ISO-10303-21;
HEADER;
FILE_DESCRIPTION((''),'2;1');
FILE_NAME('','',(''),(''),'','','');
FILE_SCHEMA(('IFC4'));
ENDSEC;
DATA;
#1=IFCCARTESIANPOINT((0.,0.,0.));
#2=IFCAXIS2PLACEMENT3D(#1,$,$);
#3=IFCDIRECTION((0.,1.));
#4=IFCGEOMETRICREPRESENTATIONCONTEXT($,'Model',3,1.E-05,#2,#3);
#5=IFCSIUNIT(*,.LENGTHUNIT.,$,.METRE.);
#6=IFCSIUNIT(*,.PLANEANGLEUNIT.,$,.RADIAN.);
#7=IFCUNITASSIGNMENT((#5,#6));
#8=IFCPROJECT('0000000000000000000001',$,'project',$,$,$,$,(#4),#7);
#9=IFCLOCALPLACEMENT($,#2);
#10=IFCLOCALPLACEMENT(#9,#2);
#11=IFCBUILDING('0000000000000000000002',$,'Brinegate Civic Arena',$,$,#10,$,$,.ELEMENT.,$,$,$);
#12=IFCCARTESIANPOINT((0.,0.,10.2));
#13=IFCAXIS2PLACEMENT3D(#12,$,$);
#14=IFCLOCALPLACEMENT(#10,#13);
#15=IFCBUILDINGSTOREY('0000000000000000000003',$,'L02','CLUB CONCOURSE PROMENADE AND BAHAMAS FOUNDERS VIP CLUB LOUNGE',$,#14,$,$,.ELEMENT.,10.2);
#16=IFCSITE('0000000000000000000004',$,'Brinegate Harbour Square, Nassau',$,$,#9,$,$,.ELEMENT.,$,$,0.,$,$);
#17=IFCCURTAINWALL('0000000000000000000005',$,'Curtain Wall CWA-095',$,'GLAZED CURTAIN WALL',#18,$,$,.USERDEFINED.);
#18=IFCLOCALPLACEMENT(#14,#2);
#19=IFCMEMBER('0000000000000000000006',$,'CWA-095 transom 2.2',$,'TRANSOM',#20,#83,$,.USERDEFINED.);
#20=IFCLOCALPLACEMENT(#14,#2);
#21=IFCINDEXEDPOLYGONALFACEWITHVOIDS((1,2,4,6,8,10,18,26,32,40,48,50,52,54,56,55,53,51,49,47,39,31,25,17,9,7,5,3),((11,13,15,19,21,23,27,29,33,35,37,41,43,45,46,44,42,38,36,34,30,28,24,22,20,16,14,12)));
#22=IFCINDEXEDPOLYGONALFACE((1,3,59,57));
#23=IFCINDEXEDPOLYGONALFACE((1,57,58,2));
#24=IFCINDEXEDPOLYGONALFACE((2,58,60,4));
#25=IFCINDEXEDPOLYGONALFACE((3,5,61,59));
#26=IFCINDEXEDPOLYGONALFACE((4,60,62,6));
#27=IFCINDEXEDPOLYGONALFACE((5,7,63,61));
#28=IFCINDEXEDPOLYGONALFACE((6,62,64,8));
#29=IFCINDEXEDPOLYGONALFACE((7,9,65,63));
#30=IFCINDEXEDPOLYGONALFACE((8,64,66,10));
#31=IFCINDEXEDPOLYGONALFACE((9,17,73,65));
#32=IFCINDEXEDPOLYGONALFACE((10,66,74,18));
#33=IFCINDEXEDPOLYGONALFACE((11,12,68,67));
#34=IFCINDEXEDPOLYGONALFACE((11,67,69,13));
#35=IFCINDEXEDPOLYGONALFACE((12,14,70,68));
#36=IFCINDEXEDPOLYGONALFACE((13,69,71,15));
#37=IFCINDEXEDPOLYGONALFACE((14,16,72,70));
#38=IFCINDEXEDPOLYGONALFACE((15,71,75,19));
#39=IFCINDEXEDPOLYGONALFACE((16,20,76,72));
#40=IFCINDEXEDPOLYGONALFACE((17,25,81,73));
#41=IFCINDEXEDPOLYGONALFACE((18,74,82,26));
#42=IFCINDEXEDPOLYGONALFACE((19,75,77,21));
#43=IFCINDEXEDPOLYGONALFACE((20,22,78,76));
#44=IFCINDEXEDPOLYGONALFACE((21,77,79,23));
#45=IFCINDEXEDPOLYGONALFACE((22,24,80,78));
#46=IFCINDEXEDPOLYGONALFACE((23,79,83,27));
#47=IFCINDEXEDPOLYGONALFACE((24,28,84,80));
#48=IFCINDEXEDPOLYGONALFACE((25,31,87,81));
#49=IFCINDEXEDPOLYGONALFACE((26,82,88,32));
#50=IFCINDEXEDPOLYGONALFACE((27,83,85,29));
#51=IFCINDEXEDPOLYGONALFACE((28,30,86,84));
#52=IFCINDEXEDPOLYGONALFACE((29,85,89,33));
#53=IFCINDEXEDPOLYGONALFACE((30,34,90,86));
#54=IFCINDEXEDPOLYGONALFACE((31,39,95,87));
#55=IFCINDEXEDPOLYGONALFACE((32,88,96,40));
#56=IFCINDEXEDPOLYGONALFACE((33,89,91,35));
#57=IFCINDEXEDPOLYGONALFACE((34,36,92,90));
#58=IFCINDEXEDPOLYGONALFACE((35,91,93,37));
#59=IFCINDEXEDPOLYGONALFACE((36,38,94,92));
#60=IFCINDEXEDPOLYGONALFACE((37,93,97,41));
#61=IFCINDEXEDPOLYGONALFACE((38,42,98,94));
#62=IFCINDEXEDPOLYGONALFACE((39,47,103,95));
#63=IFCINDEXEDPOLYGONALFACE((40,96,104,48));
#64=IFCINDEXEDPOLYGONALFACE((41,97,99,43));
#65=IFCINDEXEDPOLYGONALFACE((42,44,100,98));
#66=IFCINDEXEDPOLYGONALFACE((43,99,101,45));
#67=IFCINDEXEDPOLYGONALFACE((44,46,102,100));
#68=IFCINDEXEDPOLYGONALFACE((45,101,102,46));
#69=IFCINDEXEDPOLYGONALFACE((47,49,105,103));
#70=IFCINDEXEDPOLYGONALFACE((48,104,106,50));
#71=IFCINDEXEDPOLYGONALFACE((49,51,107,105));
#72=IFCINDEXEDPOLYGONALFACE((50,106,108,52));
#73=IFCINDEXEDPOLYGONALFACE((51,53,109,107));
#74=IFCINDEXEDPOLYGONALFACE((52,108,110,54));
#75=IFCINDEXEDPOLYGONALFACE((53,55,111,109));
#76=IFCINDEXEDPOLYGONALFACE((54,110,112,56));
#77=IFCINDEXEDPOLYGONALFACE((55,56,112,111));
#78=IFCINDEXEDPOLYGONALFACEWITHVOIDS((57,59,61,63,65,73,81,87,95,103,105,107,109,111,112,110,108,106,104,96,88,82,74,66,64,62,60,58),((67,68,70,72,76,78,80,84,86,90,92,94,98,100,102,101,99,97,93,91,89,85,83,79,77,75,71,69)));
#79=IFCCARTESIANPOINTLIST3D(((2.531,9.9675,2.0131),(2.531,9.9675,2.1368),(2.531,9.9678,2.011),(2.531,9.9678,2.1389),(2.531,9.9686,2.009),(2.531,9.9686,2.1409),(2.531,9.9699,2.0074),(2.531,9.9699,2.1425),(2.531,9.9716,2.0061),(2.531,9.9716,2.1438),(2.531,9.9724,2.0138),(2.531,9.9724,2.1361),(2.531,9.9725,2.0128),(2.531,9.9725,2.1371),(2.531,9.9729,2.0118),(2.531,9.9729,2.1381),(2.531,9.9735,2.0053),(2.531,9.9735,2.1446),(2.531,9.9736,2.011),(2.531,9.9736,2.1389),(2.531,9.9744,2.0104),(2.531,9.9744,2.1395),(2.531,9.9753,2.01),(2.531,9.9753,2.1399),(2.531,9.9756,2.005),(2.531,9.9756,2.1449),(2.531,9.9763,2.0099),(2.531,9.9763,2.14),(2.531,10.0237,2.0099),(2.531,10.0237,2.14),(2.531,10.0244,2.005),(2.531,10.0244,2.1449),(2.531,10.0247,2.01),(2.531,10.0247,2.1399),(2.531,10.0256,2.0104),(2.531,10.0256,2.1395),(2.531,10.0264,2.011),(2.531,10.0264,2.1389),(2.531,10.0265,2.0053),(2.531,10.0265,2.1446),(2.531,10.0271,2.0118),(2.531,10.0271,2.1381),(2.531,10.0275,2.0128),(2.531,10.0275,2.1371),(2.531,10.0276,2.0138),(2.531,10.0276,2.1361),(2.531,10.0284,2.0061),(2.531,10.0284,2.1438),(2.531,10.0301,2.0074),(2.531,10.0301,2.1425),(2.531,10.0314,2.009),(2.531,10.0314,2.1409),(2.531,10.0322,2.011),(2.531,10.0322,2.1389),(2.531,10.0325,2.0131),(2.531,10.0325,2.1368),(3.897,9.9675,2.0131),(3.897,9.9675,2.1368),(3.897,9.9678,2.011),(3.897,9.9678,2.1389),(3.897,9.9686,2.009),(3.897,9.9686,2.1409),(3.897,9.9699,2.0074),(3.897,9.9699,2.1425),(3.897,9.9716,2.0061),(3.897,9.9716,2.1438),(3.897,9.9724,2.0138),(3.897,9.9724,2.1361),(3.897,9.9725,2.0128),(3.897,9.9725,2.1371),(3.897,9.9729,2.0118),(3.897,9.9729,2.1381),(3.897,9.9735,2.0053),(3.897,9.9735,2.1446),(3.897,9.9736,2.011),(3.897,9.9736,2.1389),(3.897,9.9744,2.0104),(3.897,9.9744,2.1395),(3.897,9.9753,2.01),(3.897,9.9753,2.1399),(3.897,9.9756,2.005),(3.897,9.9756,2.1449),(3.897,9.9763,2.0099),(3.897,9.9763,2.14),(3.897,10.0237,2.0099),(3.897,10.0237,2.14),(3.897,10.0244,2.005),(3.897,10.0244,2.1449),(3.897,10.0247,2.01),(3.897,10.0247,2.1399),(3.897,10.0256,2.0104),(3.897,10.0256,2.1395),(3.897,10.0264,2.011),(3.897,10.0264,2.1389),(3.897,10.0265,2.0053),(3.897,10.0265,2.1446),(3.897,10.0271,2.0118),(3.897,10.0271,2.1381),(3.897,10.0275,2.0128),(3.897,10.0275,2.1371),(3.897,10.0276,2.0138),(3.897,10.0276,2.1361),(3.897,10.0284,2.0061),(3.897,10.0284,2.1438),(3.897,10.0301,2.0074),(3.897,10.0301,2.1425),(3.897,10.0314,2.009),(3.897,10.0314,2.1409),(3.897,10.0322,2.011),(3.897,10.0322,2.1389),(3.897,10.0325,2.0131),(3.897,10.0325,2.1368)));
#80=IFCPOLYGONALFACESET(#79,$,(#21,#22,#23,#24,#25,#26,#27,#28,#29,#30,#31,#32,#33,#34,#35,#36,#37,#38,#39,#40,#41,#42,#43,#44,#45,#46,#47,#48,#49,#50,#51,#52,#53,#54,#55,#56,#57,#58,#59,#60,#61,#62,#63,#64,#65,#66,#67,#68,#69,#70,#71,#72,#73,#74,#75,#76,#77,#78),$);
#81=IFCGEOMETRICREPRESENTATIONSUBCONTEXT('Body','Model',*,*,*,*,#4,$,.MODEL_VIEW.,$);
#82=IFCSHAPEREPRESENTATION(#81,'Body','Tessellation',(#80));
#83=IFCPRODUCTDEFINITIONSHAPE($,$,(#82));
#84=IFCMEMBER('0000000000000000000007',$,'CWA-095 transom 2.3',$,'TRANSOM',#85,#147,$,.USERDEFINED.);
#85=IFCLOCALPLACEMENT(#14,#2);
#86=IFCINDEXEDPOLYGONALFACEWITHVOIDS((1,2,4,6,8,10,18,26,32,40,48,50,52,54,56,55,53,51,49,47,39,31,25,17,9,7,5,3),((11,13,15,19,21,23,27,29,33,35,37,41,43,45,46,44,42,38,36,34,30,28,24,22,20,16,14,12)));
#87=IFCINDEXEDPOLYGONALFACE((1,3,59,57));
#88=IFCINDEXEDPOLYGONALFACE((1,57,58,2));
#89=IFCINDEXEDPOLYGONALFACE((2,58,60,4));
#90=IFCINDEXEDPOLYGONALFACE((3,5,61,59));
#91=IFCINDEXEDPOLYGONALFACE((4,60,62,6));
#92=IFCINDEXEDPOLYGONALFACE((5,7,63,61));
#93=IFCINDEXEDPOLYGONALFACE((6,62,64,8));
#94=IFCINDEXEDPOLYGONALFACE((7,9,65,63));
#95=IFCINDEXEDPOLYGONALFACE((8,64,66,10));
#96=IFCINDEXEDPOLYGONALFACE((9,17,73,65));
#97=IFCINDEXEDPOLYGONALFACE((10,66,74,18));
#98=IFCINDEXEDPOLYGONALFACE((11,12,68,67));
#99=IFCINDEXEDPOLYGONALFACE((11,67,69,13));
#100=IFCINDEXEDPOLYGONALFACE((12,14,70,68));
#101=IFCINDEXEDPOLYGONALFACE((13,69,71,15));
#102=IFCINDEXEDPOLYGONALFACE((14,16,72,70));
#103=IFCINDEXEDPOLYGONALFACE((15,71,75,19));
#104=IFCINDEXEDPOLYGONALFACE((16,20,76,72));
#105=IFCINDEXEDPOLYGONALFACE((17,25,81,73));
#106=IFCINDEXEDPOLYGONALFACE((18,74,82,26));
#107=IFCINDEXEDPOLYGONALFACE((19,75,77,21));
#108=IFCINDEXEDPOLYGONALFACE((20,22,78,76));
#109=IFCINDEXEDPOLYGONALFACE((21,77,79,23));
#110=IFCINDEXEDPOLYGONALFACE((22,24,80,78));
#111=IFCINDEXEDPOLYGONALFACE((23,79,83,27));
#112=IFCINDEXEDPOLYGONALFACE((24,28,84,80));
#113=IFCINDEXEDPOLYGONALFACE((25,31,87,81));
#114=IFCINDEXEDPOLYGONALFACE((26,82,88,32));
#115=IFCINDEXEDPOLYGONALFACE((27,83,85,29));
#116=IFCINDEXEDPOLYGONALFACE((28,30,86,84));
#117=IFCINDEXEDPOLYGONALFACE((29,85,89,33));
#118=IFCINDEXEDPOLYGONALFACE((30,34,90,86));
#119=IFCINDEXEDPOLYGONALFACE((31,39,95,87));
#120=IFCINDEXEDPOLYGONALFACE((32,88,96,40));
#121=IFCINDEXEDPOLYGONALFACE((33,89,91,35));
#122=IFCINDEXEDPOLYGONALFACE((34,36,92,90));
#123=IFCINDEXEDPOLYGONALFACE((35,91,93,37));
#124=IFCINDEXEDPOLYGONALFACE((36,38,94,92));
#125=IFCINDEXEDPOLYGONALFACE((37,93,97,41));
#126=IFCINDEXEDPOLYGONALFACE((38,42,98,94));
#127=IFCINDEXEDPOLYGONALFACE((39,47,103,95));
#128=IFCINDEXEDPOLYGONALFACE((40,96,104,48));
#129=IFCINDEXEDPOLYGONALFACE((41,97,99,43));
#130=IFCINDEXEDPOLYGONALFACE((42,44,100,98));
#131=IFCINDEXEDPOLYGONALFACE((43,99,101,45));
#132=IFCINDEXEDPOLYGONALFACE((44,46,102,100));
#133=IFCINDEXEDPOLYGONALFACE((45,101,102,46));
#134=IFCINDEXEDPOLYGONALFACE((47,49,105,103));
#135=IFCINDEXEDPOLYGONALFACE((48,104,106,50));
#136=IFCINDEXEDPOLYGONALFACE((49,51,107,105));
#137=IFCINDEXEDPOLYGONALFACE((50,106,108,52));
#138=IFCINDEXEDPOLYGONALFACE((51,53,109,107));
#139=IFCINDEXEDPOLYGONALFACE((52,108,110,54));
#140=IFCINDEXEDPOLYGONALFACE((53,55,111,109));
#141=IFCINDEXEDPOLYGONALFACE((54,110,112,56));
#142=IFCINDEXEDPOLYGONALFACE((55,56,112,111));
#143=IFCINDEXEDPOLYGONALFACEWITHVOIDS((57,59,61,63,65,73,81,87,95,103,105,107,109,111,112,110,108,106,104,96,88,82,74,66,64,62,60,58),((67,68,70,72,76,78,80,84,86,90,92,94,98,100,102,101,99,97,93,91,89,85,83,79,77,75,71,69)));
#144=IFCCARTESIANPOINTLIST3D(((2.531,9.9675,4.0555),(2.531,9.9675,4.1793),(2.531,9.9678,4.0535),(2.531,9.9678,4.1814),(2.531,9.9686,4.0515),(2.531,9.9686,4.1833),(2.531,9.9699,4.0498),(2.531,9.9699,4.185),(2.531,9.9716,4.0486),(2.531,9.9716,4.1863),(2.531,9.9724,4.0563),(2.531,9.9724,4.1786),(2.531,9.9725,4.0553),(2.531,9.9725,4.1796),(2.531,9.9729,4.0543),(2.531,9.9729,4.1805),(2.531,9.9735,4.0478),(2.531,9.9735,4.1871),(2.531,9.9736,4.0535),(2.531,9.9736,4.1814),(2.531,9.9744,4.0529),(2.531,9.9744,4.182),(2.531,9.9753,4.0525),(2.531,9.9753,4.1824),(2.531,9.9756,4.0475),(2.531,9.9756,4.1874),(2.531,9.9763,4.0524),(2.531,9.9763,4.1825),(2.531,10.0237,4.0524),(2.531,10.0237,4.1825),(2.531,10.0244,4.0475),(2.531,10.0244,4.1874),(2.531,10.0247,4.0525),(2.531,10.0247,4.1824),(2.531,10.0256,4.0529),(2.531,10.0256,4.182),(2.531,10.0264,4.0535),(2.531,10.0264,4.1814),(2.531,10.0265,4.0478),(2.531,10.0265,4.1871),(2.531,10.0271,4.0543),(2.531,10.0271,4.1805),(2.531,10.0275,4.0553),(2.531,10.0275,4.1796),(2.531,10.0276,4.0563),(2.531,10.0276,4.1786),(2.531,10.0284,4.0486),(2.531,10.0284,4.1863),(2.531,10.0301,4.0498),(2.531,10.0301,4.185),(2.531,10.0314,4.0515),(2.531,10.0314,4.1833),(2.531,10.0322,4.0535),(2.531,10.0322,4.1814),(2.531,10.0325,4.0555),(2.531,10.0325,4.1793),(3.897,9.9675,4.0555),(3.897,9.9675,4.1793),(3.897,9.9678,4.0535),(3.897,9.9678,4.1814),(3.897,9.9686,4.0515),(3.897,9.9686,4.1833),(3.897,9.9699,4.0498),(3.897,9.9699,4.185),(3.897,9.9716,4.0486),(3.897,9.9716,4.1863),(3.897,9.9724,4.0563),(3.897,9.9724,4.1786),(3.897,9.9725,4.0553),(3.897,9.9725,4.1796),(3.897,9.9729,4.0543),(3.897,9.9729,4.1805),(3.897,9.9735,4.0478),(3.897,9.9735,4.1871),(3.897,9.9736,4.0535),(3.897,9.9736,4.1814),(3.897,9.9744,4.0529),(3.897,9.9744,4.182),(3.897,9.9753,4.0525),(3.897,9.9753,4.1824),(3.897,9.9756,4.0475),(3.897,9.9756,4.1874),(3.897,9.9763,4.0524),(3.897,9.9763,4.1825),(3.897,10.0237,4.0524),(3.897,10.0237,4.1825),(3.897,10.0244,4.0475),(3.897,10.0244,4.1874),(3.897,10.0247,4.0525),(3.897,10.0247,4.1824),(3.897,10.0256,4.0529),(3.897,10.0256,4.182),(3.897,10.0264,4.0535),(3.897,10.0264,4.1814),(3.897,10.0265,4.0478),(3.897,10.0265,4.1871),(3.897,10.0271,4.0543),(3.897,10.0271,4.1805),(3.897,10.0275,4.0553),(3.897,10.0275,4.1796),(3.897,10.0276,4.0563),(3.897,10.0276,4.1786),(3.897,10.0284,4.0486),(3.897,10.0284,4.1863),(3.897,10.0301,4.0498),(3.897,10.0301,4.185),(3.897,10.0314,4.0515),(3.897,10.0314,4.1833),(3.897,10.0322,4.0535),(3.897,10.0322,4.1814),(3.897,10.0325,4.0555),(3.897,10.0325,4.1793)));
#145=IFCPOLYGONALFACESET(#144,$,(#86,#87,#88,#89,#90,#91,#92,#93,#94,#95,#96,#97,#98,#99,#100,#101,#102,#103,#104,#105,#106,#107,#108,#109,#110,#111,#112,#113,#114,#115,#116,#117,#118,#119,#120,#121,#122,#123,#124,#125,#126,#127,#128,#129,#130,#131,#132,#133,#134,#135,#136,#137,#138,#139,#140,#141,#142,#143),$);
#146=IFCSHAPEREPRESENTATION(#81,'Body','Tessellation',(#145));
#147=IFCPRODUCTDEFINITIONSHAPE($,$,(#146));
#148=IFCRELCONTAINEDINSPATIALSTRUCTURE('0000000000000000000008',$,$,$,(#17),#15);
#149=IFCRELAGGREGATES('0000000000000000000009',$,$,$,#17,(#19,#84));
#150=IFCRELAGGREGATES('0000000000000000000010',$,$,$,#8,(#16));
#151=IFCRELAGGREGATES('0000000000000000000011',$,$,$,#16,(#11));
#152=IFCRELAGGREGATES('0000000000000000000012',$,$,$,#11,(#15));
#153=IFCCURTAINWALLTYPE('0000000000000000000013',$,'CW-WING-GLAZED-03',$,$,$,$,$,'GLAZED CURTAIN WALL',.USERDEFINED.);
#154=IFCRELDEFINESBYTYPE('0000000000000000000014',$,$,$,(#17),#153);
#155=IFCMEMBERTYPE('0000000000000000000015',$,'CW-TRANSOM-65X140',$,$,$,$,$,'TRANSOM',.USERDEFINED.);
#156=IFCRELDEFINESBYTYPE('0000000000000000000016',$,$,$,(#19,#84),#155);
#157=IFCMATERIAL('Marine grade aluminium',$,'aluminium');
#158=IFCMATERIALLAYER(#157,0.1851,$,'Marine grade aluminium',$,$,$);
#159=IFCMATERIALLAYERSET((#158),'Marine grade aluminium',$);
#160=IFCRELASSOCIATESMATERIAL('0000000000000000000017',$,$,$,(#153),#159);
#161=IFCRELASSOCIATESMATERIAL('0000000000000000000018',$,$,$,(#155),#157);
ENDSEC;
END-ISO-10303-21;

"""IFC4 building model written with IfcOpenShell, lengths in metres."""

from ifc_helpers import new_model, si_unit, direction, frame, origin, origin_2d, place, context, subcontext, project, spatial, hollow_rectangle, extrude, material, layer, layer_set, material_profile, profile_set, type_object, element, aggregate, save


model = new_model("IFC4")

# Units and contexts
model_context = context("Model", 3, precision=1e-05, world=origin(), true_north=direction((0.0, 1.0)))
body_context = subcontext(model_context, "Body", "Model", "MODEL_VIEW")
ifc_project = project(units=[si_unit("LENGTHUNIT", "METRE"), si_unit("PLANEANGLEUNIT", "RADIAN")], contexts=[model_context])

# Site, building, storey
site_placement = place(None, origin())
site = spatial("IfcSite", under=ifc_project, at=site_placement, Name="Brinegate Harbour Square, Nassau", CompositionType="ELEMENT", RefElevation=0.0)
building_placement = place(site_placement, origin())
building = spatial("IfcBuilding", under=site, at=building_placement, Name="Brinegate Civic Arena", CompositionType="ELEMENT")
storey_placement = place(building_placement, frame((0.0, 0.0, 10.2)))
storey = spatial("IfcBuildingStorey", under=building, at=storey_placement, Name="L02", Description="CLUB CONCOURSE PROMENADE AND BAHAMAS FOUNDERS VIP CLUB LOUNGE", CompositionType="ELEMENT", Elevation=10.2)

# Curtain wall, members
ifc_material_1 = material(Name="Marine grade aluminium", Category="aluminium")
ifc_layer_1 = layer(ifc_material_1, 0.1851, Name="Marine grade aluminium")
ifc_layer_set_1 = layer_set([ifc_layer_1], Name="Marine grade aluminium")
curtain_wall_type = type_object("IfcCurtainWallType", Name="CW-WING-GLAZED-03", ElementType="GLAZED CURTAIN WALL", PredefinedType="USERDEFINED", material=ifc_layer_set_1)
curtain_wall_placement = place(storey_placement, origin())
curtain_wall = element("IfcCurtainWall", 1, at=curtain_wall_placement, inside=storey, type_object=curtain_wall_type, Name="Curtain Wall CWA-095", ObjectType="GLAZED CURTAIN WALL", PredefinedType="USERDEFINED")
ifc_material_profile_1 = material_profile(ifc_material_1, hollow_rectangle(XDim=0.0649, YDim=0.1399, WallThickness=0.0049, InnerFilletRadius=0.0039, OuterFilletRadius=0.0081, at=origin_2d()), Name="TRN65X140")
ifc_profile_set_1 = profile_set([ifc_material_profile_1], Name="Marine grade aluminium")
member_type_1 = type_object("IfcMemberType", Name="CW-TRANSOM-65X140", ElementType="TRANSOM", PredefinedType="USERDEFINED", material=ifc_profile_set_1)
member_1_placement = place(storey_placement, frame((2.531, 10.0, 2.075), z_axis=(1.0, 0.0, 0.0), x_axis=(0.0, 1.0, 0.0)))
member_1 = element("IfcMember", 2, at=member_1_placement, type_object=member_type_1, Name="CWA-095 transom 2.2", ObjectType="TRANSOM", PredefinedType="USERDEFINED", context=body_context, shape_type="SweptSolid", body=[
    extrude(hollow_rectangle(XDim=0.0649, YDim=0.1399, WallThickness=0.0049, InnerFilletRadius=0.0039, OuterFilletRadius=0.0081, at=origin_2d()), origin(), (0.0, 0.0, 1.0), 1.366),
])
member_2_placement = place(storey_placement, frame((2.531, 10.0, 4.1174), z_axis=(1.0, 0.0, 0.0), x_axis=(0.0, 1.0, 0.0)))
member_2 = element("IfcMember", 3, at=member_2_placement, type_object=member_type_1, Name="CWA-095 transom 2.3", ObjectType="TRANSOM", PredefinedType="USERDEFINED", context=body_context, shape_type="SweptSolid", body=[
    extrude(hollow_rectangle(XDim=0.0649, YDim=0.1399, WallThickness=0.0049, InnerFilletRadius=0.0039, OuterFilletRadius=0.0081, at=origin_2d()), origin(), (0.0, 0.0, 1.0), 1.366),
])
aggregate(curtain_wall, [member_1, member_2])

save(model, "model.ifc")
